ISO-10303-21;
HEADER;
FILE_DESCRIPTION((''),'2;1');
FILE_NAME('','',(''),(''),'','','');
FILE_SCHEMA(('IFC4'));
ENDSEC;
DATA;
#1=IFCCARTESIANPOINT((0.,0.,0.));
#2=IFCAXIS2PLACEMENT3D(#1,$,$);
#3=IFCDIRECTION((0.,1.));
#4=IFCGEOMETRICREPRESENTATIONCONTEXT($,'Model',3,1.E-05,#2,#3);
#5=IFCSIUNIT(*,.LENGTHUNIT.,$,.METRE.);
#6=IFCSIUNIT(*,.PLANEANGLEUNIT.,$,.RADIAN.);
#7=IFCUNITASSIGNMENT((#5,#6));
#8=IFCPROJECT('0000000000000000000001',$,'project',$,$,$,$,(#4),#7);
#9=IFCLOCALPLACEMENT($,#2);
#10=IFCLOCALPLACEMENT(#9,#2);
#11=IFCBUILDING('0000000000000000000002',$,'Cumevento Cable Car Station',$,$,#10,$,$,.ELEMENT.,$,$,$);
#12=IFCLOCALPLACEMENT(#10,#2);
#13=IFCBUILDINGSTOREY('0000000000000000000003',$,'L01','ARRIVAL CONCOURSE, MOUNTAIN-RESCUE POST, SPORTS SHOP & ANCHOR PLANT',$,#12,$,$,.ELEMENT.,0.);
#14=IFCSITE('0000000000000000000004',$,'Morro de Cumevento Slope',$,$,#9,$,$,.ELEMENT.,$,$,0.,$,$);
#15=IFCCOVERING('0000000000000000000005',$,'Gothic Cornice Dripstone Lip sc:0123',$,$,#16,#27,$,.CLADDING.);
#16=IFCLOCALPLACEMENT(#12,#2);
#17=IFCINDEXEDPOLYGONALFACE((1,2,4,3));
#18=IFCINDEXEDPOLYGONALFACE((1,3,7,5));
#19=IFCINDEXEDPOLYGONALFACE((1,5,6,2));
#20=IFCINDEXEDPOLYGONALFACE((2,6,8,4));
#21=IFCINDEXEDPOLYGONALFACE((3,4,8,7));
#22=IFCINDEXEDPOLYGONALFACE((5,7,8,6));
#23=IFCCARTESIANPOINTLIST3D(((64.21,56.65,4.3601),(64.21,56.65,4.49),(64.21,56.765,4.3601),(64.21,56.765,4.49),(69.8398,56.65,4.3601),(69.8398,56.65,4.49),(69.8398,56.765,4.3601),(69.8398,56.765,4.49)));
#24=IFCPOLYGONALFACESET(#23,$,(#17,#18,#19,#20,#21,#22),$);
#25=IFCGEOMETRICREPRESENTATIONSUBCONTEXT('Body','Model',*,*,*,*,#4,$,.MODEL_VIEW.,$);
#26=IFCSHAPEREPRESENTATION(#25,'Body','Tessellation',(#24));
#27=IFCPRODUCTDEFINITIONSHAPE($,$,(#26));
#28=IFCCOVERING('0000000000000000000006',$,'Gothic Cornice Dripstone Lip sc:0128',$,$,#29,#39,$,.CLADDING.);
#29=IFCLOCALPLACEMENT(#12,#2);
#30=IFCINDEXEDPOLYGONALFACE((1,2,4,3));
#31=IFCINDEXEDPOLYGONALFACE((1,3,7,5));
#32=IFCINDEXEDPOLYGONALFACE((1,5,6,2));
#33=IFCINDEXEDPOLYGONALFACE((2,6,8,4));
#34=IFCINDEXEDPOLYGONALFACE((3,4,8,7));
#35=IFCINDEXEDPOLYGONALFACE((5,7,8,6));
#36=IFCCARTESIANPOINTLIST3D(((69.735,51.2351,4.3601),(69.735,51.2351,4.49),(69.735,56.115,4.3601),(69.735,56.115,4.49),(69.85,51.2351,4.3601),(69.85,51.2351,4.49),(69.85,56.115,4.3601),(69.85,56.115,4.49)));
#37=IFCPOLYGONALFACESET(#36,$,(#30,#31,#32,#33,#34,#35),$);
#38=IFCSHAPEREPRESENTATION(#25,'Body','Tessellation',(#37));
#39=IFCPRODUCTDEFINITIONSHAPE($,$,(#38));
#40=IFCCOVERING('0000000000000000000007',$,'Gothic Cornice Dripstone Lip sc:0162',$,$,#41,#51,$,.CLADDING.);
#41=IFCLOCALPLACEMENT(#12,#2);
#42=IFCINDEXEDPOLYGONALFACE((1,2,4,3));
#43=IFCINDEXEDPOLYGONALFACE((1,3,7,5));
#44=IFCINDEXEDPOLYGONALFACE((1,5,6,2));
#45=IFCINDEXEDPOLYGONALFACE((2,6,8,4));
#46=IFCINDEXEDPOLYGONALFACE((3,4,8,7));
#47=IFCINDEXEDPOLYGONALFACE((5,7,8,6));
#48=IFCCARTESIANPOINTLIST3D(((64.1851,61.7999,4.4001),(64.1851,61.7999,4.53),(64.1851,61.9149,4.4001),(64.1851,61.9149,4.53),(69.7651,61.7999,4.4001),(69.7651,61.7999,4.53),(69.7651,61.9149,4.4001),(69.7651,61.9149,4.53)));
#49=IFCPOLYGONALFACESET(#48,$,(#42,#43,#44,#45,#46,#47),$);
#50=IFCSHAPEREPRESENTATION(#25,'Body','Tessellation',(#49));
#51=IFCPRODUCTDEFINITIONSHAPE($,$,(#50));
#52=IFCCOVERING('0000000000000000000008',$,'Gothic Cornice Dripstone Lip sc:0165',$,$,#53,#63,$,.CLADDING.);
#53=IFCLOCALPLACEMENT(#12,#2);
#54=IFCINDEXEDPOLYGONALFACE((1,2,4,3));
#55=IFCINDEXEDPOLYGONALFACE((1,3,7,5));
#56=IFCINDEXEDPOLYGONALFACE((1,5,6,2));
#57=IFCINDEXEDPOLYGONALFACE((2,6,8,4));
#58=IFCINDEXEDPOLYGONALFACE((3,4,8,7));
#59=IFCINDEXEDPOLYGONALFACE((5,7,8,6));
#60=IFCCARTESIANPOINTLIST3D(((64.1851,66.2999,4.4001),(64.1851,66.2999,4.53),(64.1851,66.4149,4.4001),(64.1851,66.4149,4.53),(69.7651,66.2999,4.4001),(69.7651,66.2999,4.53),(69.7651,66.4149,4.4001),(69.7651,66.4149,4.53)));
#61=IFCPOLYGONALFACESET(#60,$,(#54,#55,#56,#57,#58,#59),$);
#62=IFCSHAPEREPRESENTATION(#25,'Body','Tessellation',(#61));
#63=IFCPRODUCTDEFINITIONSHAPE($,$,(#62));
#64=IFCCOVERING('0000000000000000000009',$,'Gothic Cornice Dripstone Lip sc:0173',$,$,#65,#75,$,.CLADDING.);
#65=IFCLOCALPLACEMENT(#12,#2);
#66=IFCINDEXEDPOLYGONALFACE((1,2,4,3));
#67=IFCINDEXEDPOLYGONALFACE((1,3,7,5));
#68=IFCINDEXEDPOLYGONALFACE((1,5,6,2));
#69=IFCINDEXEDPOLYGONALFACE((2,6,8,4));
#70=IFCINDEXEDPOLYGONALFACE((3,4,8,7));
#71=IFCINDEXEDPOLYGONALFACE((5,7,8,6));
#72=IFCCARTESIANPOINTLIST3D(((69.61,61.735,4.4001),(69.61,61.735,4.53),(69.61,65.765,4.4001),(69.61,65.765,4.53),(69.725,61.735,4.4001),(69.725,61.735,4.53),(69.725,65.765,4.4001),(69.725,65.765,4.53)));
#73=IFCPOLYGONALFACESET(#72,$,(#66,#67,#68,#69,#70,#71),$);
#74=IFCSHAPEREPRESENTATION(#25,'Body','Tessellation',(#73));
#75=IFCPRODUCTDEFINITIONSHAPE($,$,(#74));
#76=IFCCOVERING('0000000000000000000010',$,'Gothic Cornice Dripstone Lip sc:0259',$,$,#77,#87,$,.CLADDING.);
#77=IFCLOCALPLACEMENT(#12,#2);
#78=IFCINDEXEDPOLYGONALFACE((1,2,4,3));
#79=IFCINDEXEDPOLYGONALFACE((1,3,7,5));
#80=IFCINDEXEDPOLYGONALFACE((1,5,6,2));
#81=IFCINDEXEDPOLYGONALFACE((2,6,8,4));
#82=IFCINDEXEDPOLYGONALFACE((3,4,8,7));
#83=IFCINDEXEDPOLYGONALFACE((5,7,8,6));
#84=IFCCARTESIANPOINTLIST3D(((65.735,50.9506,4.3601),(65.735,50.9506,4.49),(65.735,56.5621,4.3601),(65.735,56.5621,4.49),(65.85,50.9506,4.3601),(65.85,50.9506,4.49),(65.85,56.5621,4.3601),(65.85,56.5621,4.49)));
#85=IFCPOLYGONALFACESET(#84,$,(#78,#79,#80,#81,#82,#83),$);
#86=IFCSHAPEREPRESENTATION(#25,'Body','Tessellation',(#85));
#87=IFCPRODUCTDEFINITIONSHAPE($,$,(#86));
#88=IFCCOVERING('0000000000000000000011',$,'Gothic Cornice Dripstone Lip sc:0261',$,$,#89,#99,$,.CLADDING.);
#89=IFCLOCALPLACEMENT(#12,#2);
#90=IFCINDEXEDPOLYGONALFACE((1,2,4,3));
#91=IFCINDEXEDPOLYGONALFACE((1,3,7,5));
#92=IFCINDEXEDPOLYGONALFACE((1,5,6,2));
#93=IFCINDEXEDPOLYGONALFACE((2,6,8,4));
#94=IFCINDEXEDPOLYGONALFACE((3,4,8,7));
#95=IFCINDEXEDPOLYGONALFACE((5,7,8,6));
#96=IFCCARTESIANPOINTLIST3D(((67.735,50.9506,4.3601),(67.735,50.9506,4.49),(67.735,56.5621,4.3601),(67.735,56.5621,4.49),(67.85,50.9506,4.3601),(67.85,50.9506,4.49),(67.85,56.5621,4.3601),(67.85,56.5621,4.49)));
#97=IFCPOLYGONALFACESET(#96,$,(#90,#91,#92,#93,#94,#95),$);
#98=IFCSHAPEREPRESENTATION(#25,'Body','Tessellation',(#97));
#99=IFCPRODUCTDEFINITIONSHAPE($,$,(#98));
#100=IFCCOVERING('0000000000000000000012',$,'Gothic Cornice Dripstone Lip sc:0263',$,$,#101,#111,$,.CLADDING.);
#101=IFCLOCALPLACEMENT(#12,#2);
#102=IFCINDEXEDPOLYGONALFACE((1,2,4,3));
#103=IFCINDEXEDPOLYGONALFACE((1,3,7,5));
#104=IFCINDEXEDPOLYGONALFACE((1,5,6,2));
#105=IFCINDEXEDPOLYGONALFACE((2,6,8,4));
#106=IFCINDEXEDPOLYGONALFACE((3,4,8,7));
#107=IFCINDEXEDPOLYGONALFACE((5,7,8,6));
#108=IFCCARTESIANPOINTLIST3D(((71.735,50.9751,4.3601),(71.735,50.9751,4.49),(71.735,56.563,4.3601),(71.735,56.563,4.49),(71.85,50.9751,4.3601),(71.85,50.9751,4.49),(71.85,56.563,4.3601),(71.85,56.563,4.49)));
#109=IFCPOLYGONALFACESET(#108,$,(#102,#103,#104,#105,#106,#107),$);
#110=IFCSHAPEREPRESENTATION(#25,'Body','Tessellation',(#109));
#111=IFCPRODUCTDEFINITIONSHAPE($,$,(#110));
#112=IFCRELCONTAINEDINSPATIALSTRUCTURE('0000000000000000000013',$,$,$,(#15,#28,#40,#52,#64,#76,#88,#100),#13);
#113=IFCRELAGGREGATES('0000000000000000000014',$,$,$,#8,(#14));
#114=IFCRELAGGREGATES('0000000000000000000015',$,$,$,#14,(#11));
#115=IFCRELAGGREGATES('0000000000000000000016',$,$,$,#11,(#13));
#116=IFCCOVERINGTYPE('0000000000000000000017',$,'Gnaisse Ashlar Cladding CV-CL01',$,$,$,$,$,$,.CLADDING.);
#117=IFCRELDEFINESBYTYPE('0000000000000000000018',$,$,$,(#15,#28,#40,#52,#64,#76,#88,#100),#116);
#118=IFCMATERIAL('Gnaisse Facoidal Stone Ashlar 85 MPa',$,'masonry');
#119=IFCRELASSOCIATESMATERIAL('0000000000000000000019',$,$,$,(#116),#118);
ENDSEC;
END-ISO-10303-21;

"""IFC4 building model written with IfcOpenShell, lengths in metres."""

from ifc_helpers import new_model, si_unit, direction, frame, origin, origin_2d, place, context, subcontext, project, spatial, rectangle, extrude, material, type_object, element, save


model = new_model("IFC4")

# Units and contexts
model_context = context("Model", 3, precision=1e-05, world=origin(), true_north=direction((0.0, 1.0)))
body_context = subcontext(model_context, "Body", "Model", "MODEL_VIEW")
ifc_project = project(units=[si_unit("LENGTHUNIT", "METRE"), si_unit("PLANEANGLEUNIT", "RADIAN")], contexts=[model_context])

# Site, building, storey
site_placement = place(None, origin())
site = spatial("IfcSite", under=ifc_project, at=site_placement, Name="Morro de Cumevento Slope", CompositionType="ELEMENT", RefElevation=0.0)
building_placement = place(site_placement, origin())
building = spatial("IfcBuilding", under=site, at=building_placement, Name="Cumevento Cable Car Station", CompositionType="ELEMENT")
storey_placement = place(building_placement, origin())
storey = spatial("IfcBuildingStorey", under=building, at=storey_placement, Name="L01", Description="ARRIVAL CONCOURSE, MOUNTAIN-RESCUE POST, SPORTS SHOP & ANCHOR PLANT", CompositionType="ELEMENT", Elevation=0.0)

# Coverings
ifc_material_1 = material(Name="Gnaisse Facoidal Stone Ashlar 85 MPa", Category="masonry")
covering_type = type_object("IfcCoveringType", Name="Gnaisse Ashlar Cladding CV-CL01", PredefinedType="CLADDING", material=ifc_material_1)
covering_1_placement = place(storey_placement, frame((67.0249, 56.7075, 4.3601), z_axis=(0.0, 0.0, 1.0), x_axis=(1.0, 0.0, 0.0)))
element("IfcCovering", 1, at=covering_1_placement, inside=storey, type_object=covering_type, Name="Gothic Cornice Dripstone Lip sc:0123", PredefinedType="CLADDING", context=body_context, shape_type="SweptSolid", body=[
    extrude(rectangle(XDim=5.6299, YDim=0.115, at=origin_2d()), origin(), (0.0, 0.0, 1.0), 0.1299),
])
covering_2_placement = place(storey_placement, frame((69.7925, 53.675, 4.3601), z_axis=(0.0, 0.0, 1.0), x_axis=(0.0, 1.0, 0.0)))
element("IfcCovering", 2, at=covering_2_placement, inside=storey, type_object=covering_type, Name="Gothic Cornice Dripstone Lip sc:0128", PredefinedType="CLADDING", context=body_context, shape_type="SweptSolid", body=[
    extrude(rectangle(XDim=4.8799, YDim=0.115, at=origin_2d()), origin(), (0.0, 0.0, 1.0), 0.1299),
])
for number, where, z_axis, x_axis, name in (
    (3, (66.9751, 61.8574, 4.4001), (0.0, 0.0, 1.0), (1.0, 0.0, 0.0), "Gothic Cornice Dripstone Lip sc:0162"),
    (4, (66.9751, 66.3574, 4.4001), (0.0, 0.0, 1.0), (1.0, 0.0, 0.0), "Gothic Cornice Dripstone Lip sc:0165"),
):
    element("IfcCovering", number, at=place(storey_placement, frame(where, z_axis=z_axis, x_axis=x_axis)), inside=storey, type_object=covering_type, Name=name, PredefinedType="CLADDING", context=body_context, shape_type="SweptSolid", body=[
        extrude(rectangle(XDim=5.5801, YDim=0.115, at=origin_2d()), origin(), (0.0, 0.0, 1.0), 0.1299),
    ])
covering_3_placement = place(storey_placement, frame((69.6675, 63.75, 4.4001), z_axis=(0.0, 0.0, 1.0), x_axis=(0.0, 1.0, 0.0)))
element("IfcCovering", 5, at=covering_3_placement, inside=storey, type_object=covering_type, Name="Gothic Cornice Dripstone Lip sc:0173", PredefinedType="CLADDING", context=body_context, shape_type="SweptSolid", body=[
    extrude(rectangle(XDim=4.03, YDim=0.115, at=origin_2d()), origin(), (0.0, 0.0, 1.0), 0.1299),
])
for number, where, z_axis, x_axis, name in (
    (6, (65.7925, 53.7563, 4.3601), (0.0, 0.0, 1.0), (0.0, 1.0, 0.0), "Gothic Cornice Dripstone Lip sc:0259"),
    (7, (67.7925, 53.7563, 4.3601), (0.0, 0.0, 1.0), (0.0, 1.0, 0.0), "Gothic Cornice Dripstone Lip sc:0261"),
):
    element("IfcCovering", number, at=place(storey_placement, frame(where, z_axis=z_axis, x_axis=x_axis)), inside=storey, type_object=covering_type, Name=name, PredefinedType="CLADDING", context=body_context, shape_type="SweptSolid", body=[
        extrude(rectangle(XDim=5.6116, YDim=0.115, at=origin_2d()), origin(), (0.0, 0.0, 1.0), 0.1299),
    ])
covering_4_placement = place(storey_placement, frame((71.7925, 53.769, 4.3601), z_axis=(0.0, 0.0, 1.0), x_axis=(0.0, 1.0, 0.0)))
element("IfcCovering", 8, at=covering_4_placement, inside=storey, type_object=covering_type, Name="Gothic Cornice Dripstone Lip sc:0263", PredefinedType="CLADDING", context=body_context, shape_type="SweptSolid", body=[
    extrude(rectangle(XDim=5.5879, YDim=0.115, at=origin_2d()), origin(), (0.0, 0.0, 1.0), 0.1299),
])

save(model, "model.ifc")
